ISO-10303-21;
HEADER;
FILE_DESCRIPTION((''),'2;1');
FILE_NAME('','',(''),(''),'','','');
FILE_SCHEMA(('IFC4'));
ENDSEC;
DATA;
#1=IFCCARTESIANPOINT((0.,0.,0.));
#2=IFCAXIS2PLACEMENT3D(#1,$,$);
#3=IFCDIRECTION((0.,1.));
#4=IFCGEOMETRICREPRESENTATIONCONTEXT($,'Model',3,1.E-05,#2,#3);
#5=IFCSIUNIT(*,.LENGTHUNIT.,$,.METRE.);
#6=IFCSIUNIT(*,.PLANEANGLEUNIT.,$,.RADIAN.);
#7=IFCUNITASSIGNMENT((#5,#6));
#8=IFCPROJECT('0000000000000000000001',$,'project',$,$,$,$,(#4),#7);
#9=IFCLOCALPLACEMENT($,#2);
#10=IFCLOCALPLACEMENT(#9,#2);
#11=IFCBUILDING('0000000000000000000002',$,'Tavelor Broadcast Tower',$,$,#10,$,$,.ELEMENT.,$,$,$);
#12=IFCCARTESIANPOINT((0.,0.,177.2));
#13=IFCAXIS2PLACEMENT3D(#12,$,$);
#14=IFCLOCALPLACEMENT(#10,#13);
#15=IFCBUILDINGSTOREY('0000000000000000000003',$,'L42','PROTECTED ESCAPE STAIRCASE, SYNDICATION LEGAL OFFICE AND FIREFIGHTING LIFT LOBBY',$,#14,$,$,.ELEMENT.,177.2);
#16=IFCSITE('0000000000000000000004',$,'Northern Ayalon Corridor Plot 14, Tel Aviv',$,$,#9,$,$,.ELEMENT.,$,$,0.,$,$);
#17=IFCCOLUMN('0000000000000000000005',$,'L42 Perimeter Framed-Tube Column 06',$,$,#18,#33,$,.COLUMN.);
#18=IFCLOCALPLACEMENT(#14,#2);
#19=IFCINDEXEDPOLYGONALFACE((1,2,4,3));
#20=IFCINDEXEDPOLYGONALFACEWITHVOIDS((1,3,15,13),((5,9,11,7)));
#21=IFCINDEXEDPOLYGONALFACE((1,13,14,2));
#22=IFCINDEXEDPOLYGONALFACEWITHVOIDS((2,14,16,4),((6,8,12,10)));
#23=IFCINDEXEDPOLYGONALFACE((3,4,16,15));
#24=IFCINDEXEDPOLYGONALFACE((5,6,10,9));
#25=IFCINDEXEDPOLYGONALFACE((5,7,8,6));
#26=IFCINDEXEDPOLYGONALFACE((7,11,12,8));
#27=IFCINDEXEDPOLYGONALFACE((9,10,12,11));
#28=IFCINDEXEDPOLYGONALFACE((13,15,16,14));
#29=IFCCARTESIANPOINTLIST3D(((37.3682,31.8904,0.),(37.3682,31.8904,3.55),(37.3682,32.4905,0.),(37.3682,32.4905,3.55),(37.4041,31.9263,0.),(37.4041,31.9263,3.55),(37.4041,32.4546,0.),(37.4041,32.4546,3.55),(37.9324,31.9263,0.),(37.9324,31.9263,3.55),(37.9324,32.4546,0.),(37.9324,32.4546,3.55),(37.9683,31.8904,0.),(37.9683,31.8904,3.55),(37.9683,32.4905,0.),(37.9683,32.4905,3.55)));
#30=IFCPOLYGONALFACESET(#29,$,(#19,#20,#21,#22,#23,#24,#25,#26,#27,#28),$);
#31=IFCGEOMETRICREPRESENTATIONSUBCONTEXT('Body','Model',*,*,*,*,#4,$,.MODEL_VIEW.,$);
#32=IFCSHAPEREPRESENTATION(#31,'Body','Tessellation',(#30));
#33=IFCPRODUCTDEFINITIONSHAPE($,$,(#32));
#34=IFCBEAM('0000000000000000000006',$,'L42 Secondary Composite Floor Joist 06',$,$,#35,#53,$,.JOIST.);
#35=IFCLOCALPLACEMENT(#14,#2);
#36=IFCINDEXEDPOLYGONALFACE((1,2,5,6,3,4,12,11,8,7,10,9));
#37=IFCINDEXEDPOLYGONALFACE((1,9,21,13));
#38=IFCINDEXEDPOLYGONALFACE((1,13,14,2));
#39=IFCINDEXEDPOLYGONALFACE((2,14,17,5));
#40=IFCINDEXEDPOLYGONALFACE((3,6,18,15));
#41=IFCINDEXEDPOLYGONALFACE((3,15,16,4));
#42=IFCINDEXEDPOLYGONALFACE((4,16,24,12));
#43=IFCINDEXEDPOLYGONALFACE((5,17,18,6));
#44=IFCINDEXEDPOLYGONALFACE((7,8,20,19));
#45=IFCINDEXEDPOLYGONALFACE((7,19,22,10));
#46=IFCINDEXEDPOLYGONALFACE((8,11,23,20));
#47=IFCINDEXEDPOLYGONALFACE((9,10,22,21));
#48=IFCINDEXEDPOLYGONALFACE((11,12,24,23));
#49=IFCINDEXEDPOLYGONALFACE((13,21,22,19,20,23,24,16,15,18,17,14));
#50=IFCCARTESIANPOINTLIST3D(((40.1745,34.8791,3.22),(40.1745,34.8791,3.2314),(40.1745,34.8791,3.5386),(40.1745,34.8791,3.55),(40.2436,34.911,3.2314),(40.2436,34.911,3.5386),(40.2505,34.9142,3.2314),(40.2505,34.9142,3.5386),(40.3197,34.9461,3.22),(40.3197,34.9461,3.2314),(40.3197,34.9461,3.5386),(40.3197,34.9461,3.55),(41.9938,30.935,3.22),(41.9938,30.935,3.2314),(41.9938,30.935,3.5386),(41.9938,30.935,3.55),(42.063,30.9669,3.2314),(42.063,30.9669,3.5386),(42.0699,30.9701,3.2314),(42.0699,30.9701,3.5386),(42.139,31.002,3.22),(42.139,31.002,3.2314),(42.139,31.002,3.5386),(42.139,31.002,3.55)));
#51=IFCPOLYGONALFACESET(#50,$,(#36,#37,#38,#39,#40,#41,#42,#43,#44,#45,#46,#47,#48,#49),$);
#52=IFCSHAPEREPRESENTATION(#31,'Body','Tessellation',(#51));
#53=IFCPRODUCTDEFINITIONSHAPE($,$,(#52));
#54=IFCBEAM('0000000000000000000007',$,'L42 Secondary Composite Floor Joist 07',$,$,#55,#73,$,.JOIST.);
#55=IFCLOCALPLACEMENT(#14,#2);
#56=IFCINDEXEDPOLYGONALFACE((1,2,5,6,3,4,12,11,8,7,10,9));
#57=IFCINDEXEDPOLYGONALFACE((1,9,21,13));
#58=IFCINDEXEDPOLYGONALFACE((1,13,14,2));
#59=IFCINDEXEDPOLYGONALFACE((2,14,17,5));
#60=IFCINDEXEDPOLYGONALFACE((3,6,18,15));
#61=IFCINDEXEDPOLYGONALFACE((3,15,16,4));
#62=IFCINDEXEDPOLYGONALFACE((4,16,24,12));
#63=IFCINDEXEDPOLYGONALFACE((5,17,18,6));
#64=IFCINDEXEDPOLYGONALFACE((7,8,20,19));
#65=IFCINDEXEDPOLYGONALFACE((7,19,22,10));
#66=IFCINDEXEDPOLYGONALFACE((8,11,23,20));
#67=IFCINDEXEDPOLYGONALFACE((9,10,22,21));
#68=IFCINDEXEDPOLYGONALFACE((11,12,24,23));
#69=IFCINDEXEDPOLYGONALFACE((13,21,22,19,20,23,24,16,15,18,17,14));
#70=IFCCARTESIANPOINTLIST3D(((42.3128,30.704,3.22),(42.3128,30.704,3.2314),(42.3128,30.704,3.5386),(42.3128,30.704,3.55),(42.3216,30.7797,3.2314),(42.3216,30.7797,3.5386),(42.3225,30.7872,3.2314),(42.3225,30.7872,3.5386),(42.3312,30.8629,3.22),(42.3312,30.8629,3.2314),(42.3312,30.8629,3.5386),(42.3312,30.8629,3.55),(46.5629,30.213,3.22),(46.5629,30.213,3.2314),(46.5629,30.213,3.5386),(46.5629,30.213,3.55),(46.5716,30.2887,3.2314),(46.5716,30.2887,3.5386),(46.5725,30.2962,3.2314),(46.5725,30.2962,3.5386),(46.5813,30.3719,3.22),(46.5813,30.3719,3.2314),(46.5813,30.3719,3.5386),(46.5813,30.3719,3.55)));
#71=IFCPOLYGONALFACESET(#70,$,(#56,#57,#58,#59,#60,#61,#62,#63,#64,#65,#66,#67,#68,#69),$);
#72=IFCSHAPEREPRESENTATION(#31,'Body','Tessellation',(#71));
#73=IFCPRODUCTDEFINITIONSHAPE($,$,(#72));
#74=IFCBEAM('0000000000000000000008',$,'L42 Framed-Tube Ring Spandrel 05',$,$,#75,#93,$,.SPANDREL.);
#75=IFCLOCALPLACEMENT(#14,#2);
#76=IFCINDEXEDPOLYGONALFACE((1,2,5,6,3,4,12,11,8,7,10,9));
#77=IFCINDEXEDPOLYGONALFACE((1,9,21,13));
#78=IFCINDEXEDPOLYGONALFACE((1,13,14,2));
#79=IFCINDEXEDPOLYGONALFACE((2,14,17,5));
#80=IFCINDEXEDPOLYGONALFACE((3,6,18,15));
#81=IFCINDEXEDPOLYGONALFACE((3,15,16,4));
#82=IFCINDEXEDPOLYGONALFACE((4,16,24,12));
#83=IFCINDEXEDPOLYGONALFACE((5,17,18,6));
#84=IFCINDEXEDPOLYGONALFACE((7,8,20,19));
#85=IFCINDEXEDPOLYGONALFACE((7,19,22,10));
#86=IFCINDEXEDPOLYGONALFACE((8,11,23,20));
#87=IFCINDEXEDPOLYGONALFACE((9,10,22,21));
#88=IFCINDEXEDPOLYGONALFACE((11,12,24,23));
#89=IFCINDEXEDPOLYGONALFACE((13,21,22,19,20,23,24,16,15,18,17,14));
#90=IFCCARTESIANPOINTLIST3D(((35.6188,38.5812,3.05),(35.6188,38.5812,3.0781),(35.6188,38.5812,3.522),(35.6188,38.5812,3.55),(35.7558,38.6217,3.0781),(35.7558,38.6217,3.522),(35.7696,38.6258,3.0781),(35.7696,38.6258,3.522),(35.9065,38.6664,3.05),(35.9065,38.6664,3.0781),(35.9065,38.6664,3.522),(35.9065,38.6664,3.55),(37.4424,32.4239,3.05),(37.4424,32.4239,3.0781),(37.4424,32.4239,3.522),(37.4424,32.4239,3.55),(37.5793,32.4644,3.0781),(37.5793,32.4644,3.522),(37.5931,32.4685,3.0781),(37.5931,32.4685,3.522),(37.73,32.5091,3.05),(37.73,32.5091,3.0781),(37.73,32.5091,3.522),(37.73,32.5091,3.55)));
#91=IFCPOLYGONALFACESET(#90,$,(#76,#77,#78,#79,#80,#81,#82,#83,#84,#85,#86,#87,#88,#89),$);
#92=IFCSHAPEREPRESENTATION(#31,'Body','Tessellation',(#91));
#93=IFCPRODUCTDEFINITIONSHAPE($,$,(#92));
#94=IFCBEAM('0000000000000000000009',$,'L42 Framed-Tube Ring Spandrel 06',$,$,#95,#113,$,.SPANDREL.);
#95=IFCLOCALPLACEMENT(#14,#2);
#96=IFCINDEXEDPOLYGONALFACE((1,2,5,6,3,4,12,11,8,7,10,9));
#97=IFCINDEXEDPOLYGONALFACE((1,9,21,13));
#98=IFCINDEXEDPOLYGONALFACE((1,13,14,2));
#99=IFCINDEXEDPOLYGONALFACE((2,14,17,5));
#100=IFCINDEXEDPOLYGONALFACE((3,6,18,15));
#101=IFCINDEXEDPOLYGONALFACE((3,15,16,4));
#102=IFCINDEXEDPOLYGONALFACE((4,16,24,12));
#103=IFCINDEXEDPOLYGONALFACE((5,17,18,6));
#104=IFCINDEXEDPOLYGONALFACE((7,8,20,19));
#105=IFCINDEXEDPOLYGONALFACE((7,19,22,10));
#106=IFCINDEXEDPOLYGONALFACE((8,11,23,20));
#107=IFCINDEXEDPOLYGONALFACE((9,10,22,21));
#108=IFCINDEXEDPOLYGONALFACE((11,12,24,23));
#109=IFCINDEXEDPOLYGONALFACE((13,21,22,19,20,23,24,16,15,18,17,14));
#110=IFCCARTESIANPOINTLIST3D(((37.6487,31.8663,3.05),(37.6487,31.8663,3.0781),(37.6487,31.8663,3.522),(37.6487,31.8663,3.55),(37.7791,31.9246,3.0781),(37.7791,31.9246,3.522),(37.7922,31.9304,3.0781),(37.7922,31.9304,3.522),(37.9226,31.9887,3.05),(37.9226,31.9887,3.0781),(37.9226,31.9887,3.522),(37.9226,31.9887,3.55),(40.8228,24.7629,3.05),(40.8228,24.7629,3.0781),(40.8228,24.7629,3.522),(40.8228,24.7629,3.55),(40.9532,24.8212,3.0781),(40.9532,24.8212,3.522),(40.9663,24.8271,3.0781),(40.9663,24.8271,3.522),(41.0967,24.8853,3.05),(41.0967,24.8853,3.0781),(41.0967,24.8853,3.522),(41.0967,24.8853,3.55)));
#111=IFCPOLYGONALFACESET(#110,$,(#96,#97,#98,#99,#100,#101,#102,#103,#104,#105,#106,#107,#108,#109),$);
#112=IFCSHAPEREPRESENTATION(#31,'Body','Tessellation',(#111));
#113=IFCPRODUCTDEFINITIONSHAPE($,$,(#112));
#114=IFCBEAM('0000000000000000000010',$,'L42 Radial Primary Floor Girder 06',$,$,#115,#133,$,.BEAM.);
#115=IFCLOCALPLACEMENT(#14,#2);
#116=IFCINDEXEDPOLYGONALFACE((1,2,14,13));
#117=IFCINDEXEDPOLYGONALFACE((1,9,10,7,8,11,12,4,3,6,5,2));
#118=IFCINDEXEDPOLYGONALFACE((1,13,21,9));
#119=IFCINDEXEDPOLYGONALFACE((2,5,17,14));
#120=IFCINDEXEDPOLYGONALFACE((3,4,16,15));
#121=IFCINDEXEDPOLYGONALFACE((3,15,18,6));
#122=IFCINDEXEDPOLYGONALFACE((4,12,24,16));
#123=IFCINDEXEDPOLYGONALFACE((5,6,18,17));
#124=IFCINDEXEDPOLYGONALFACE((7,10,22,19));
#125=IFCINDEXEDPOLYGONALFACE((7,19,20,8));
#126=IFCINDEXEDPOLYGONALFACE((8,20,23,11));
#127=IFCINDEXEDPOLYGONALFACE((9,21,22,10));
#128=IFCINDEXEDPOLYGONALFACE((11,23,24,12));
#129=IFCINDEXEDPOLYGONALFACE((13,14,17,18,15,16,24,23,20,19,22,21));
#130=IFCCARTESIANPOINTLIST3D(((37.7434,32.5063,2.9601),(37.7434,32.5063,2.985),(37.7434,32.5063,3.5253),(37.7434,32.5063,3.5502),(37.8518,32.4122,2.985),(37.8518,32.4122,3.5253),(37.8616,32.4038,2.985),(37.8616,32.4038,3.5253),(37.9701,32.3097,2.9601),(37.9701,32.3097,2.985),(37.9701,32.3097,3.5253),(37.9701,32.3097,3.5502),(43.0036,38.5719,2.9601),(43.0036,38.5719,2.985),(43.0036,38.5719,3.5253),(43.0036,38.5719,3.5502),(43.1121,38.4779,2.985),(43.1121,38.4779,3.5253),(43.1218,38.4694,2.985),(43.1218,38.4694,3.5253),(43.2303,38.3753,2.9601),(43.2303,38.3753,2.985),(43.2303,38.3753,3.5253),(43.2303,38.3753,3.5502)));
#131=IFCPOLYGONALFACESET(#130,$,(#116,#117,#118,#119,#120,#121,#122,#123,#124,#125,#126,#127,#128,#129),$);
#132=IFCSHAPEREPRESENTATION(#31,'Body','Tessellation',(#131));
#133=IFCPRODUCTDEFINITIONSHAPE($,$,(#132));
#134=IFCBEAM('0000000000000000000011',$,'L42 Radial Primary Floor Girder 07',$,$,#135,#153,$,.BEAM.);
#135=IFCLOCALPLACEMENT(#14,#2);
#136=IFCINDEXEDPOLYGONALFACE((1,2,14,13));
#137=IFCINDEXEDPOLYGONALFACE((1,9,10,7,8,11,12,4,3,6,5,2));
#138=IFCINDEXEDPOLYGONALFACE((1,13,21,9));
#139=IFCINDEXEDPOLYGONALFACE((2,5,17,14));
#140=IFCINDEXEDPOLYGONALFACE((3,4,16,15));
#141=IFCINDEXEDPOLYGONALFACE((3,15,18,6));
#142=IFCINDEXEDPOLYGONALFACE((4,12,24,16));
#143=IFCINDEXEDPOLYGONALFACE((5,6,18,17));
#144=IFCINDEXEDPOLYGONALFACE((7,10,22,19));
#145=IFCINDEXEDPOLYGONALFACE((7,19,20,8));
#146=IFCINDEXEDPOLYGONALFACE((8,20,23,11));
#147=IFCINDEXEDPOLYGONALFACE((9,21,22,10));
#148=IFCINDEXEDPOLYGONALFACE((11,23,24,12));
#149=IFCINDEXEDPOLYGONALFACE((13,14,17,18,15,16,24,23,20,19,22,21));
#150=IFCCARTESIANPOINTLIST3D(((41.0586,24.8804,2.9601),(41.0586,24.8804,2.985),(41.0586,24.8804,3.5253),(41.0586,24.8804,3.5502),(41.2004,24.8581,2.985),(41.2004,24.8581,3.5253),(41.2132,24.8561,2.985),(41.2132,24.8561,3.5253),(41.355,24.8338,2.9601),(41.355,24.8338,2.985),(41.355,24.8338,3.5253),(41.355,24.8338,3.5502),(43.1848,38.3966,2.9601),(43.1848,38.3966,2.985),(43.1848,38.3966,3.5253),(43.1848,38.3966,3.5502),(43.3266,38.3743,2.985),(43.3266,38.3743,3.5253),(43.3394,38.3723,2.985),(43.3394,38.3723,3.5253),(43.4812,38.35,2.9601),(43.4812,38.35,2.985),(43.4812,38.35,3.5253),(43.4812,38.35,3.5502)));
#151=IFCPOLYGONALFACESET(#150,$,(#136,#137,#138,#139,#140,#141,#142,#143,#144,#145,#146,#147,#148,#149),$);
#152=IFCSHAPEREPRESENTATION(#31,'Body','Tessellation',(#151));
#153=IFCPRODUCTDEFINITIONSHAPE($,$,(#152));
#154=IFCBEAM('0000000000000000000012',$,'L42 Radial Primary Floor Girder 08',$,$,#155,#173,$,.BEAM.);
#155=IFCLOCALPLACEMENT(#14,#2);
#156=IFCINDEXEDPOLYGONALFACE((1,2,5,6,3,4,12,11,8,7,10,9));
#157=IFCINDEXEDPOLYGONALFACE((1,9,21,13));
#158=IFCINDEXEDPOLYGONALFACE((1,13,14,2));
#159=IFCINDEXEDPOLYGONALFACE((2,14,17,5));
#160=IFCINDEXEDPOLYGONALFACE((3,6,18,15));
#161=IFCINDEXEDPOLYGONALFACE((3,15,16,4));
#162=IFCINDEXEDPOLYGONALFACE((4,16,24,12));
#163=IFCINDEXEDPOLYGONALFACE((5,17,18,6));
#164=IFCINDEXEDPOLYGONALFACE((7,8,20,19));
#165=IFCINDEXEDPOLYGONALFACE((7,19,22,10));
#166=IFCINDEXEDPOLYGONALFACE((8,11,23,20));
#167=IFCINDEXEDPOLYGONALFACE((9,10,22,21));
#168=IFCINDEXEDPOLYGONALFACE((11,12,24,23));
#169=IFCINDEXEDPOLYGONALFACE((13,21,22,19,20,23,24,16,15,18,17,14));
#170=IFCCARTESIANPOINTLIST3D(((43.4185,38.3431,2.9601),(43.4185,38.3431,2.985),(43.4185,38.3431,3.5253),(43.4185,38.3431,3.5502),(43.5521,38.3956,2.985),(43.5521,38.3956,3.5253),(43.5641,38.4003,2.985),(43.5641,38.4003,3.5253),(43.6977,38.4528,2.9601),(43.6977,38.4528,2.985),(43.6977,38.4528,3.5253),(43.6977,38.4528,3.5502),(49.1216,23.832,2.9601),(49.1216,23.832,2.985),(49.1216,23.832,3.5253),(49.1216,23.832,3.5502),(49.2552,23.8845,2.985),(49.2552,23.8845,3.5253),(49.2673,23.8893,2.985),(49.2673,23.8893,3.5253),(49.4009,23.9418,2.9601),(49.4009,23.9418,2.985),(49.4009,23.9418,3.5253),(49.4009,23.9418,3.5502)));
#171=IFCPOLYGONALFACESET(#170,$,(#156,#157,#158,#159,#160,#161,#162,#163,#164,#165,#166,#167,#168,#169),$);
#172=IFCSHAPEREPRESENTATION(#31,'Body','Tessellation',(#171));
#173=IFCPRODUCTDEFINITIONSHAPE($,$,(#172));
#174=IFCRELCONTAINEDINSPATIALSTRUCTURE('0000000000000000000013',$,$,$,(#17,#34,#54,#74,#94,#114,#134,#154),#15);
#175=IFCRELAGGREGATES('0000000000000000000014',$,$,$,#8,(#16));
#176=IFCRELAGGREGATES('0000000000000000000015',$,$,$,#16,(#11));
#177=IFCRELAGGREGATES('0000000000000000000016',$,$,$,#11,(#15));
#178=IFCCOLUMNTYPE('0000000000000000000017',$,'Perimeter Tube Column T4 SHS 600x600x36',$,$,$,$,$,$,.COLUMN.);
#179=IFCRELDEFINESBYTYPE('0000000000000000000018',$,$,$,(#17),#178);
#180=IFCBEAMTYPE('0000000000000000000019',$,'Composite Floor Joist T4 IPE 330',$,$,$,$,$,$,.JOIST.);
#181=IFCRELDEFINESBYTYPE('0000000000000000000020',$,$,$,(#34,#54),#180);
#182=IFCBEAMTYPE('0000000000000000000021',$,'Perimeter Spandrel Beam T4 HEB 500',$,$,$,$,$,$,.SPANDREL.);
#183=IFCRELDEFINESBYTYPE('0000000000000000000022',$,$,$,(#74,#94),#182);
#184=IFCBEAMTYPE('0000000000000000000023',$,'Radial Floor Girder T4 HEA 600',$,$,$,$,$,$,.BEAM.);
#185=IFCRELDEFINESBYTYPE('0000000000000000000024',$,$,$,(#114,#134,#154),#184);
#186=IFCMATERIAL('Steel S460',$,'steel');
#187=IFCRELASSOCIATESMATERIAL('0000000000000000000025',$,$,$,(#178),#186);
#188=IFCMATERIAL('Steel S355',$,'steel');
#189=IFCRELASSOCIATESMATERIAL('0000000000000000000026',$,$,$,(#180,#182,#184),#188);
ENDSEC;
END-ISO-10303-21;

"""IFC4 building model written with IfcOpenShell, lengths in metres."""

from ifc_helpers import new_model, si_unit, direction, frame, origin, origin_2d, place, context, subcontext, project, spatial, hollow_rectangle, i_section, extrude, material, material_profile, profile_set, type_object, element, save


model = new_model("IFC4")

# Units and contexts
model_context = context("Model", 3, precision=1e-05, world=origin(), true_north=direction((0.0, 1.0)))
body_context = subcontext(model_context, "Body", "Model", "MODEL_VIEW")
ifc_project = project(units=[si_unit("LENGTHUNIT", "METRE"), si_unit("PLANEANGLEUNIT", "RADIAN")], contexts=[model_context])

# Site, building, storey
site_placement = place(None, origin())
site = spatial("IfcSite", under=ifc_project, at=site_placement, Name="Northern Ayalon Corridor Plot 14, Tel Aviv", CompositionType="ELEMENT", RefElevation=0.0)
building_placement = place(site_placement, origin())
building = spatial("IfcBuilding", under=site, at=building_placement, Name="Tavelor Broadcast Tower", CompositionType="ELEMENT")
storey_placement = place(building_placement, frame((0.0, 0.0, 177.2)))
storey = spatial("IfcBuildingStorey", under=building, at=storey_placement, Name="L42", Description="PROTECTED ESCAPE STAIRCASE, SYNDICATION LEGAL OFFICE AND FIREFIGHTING LIFT LOBBY", CompositionType="ELEMENT", Elevation=177.2)

# Column
ifc_material_1 = material(Name="Steel S460", Category="steel")
ifc_material_profile_1 = material_profile(ifc_material_1, hollow_rectangle(XDim=0.6001, YDim=0.6001, WallThickness=0.0359, at=origin_2d()), Name="SHS 600x600x36")
ifc_profile_set_1 = profile_set([ifc_material_profile_1], Name="Steel S460")
column_type = type_object("IfcColumnType", Name="Perimeter Tube Column T4 SHS 600x600x36", PredefinedType="COLUMN", material=ifc_profile_set_1)
column_placement = place(storey_placement, frame((37.6682, 32.1904, 0.0), z_axis=(0.0, 0.0, 1.0), x_axis=(1.0, 0.0, 0.0)))
element("IfcColumn", 1, at=column_placement, inside=storey, type_object=column_type, Name="L42 Perimeter Framed-Tube Column 06", PredefinedType="COLUMN", context=body_context, shape_type="SweptSolid", body=[
    extrude(hollow_rectangle(XDim=0.6001, YDim=0.6001, WallThickness=0.0359, at=origin_2d()), origin(), (0.0, 0.0, 1.0), 3.55),
])

# Beams
ifc_material_2 = material(Name="Steel S355", Category="steel")
ifc_material_profile_2 = material_profile(ifc_material_2, i_section(OverallWidth=0.1599, OverallDepth=0.3301, WebThickness=0.0076, FlangeThickness=0.0115, at=origin_2d()), Name="IPE 330")
ifc_profile_set_2 = profile_set([ifc_material_profile_2], Name="Steel S355")
beam_type_1 = type_object("IfcBeamType", Name="Composite Floor Joist T4 IPE 330", PredefinedType="JOIST", material=ifc_profile_set_2)
beam_1_placement = place(storey_placement, frame((40.2471, 34.9126, 3.385), z_axis=(0.418866, -0.908048, 0.0), x_axis=(0.908048, 0.418866, 0.0)))
element("IfcBeam", 2, at=beam_1_placement, inside=storey, type_object=beam_type_1, Name="L42 Secondary Composite Floor Joist 06", PredefinedType="JOIST", context=body_context, shape_type="SweptSolid", body=[
    extrude(i_section(OverallWidth=0.1599, OverallDepth=0.3301, WebThickness=0.0076, FlangeThickness=0.0115, at=origin_2d()), origin(), (0.0, 0.0, 1.0), 4.3435),
])
beam_2_placement = place(storey_placement, frame((42.322, 30.7834, 3.385), z_axis=(0.993393, -0.114758, 0.0), x_axis=(0.114758, 0.993393, 0.0)))
element("IfcBeam", 3, at=beam_2_placement, inside=storey, type_object=beam_type_1, Name="L42 Secondary Composite Floor Joist 07", PredefinedType="JOIST", context=body_context, shape_type="SweptSolid", body=[
    extrude(i_section(OverallWidth=0.1599, OverallDepth=0.3301, WebThickness=0.0076, FlangeThickness=0.0115, at=origin_2d()), origin(), (0.0, 0.0, 1.0), 4.2783),
])
ifc_material_profile_3 = material_profile(ifc_material_2, i_section(OverallWidth=0.3, OverallDepth=0.5, WebThickness=0.0144, FlangeThickness=0.0281, at=origin_2d()), Name="HEB 500")
ifc_profile_set_3 = profile_set([ifc_material_profile_3], Name="Steel S355")
beam_type_2 = type_object("IfcBeamType", Name="Perimeter Spandrel Beam T4 HEB 500", PredefinedType="SPANDREL", material=ifc_profile_set_3)
beam_3_placement = place(storey_placement, frame((35.7627, 38.6238, 3.3), z_axis=(0.283963, -0.958835, 0.0), x_axis=(0.958835, 0.283963, 0.0)))
element("IfcBeam", 4, at=beam_3_placement, inside=storey, type_object=beam_type_2, Name="L42 Framed-Tube Ring Spandrel 05", PredefinedType="SPANDREL", context=body_context, shape_type="SweptSolid", body=[
    extrude(i_section(OverallWidth=0.3, OverallDepth=0.5, WebThickness=0.0144, FlangeThickness=0.0281, at=origin_2d()), origin(), (0.0, 0.0, 1.0), 6.4216),
])
beam_4_placement = place(storey_placement, frame((37.7856, 31.9275, 3.3), z_axis=(0.407969, -0.912996, 0.0), x_axis=(0.912996, 0.407969, 0.0)))
element("IfcBeam", 5, at=beam_4_placement, inside=storey, type_object=beam_type_2, Name="L42 Framed-Tube Ring Spandrel 06", PredefinedType="SPANDREL", context=body_context, shape_type="SweptSolid", body=[
    extrude(i_section(OverallWidth=0.3, OverallDepth=0.5, WebThickness=0.0144, FlangeThickness=0.0281, at=origin_2d()), origin(), (0.0, 0.0, 1.0), 7.7803),
])
ifc_material_profile_4 = material_profile(ifc_material_2, i_section(OverallWidth=0.3, OverallDepth=0.5901, WebThickness=0.0129, FlangeThickness=0.0249, at=origin_2d()), Name="HEA 600")
ifc_profile_set_4 = profile_set([ifc_material_profile_4], Name="Steel S355")
beam_type_3 = type_object("IfcBeamType", Name="Radial Floor Girder T4 HEA 600", PredefinedType="BEAM", material=ifc_profile_set_4)
beam_5_placement = place(storey_placement, frame((43.1169, 38.4736, 3.2551), z_axis=(-0.655168, -0.755483, 0.0), x_axis=(0.755483, -0.655168, 0.0)))
element("IfcBeam", 6, at=beam_5_placement, inside=storey, type_object=beam_type_3, Name="L42 Radial Primary Floor Girder 06", PredefinedType="BEAM", context=body_context, shape_type="SweptSolid", body=[
    extrude(i_section(OverallWidth=0.3, OverallDepth=0.5901, WebThickness=0.0129, FlangeThickness=0.0249, at=origin_2d()), origin(), (0.0, 0.0, 1.0), 8.0288),
])
beam_6_placement = place(storey_placement, frame((43.333, 38.3733, 3.2551), z_axis=(-0.155399, -0.987852, 0.0), x_axis=(0.987852, -0.155399, 0.0)))
element("IfcBeam", 7, at=beam_6_placement, inside=storey, type_object=beam_type_3, Name="L42 Radial Primary Floor Girder 07", PredefinedType="BEAM", context=body_context, shape_type="SweptSolid", body=[
    extrude(i_section(OverallWidth=0.3, OverallDepth=0.5901, WebThickness=0.0129, FlangeThickness=0.0249, at=origin_2d()), origin(), (0.0, 0.0, 1.0), 13.6824),
])
beam_7_placement = place(storey_placement, frame((43.5581, 38.3979, 3.2551), z_axis=(0.365785, -0.9307, 0.0), x_axis=(0.9307, 0.365785, 0.0)))
element("IfcBeam", 8, at=beam_7_placement, inside=storey, type_object=beam_type_3, Name="L42 Radial Primary Floor Girder 08", PredefinedType="BEAM", context=body_context, shape_type="SweptSolid", body=[
    extrude(i_section(OverallWidth=0.3, OverallDepth=0.5901, WebThickness=0.0129, FlangeThickness=0.0249, at=origin_2d()), origin(), (0.0, 0.0, 1.0), 15.5916),
])

save(model, "model.ifc")
